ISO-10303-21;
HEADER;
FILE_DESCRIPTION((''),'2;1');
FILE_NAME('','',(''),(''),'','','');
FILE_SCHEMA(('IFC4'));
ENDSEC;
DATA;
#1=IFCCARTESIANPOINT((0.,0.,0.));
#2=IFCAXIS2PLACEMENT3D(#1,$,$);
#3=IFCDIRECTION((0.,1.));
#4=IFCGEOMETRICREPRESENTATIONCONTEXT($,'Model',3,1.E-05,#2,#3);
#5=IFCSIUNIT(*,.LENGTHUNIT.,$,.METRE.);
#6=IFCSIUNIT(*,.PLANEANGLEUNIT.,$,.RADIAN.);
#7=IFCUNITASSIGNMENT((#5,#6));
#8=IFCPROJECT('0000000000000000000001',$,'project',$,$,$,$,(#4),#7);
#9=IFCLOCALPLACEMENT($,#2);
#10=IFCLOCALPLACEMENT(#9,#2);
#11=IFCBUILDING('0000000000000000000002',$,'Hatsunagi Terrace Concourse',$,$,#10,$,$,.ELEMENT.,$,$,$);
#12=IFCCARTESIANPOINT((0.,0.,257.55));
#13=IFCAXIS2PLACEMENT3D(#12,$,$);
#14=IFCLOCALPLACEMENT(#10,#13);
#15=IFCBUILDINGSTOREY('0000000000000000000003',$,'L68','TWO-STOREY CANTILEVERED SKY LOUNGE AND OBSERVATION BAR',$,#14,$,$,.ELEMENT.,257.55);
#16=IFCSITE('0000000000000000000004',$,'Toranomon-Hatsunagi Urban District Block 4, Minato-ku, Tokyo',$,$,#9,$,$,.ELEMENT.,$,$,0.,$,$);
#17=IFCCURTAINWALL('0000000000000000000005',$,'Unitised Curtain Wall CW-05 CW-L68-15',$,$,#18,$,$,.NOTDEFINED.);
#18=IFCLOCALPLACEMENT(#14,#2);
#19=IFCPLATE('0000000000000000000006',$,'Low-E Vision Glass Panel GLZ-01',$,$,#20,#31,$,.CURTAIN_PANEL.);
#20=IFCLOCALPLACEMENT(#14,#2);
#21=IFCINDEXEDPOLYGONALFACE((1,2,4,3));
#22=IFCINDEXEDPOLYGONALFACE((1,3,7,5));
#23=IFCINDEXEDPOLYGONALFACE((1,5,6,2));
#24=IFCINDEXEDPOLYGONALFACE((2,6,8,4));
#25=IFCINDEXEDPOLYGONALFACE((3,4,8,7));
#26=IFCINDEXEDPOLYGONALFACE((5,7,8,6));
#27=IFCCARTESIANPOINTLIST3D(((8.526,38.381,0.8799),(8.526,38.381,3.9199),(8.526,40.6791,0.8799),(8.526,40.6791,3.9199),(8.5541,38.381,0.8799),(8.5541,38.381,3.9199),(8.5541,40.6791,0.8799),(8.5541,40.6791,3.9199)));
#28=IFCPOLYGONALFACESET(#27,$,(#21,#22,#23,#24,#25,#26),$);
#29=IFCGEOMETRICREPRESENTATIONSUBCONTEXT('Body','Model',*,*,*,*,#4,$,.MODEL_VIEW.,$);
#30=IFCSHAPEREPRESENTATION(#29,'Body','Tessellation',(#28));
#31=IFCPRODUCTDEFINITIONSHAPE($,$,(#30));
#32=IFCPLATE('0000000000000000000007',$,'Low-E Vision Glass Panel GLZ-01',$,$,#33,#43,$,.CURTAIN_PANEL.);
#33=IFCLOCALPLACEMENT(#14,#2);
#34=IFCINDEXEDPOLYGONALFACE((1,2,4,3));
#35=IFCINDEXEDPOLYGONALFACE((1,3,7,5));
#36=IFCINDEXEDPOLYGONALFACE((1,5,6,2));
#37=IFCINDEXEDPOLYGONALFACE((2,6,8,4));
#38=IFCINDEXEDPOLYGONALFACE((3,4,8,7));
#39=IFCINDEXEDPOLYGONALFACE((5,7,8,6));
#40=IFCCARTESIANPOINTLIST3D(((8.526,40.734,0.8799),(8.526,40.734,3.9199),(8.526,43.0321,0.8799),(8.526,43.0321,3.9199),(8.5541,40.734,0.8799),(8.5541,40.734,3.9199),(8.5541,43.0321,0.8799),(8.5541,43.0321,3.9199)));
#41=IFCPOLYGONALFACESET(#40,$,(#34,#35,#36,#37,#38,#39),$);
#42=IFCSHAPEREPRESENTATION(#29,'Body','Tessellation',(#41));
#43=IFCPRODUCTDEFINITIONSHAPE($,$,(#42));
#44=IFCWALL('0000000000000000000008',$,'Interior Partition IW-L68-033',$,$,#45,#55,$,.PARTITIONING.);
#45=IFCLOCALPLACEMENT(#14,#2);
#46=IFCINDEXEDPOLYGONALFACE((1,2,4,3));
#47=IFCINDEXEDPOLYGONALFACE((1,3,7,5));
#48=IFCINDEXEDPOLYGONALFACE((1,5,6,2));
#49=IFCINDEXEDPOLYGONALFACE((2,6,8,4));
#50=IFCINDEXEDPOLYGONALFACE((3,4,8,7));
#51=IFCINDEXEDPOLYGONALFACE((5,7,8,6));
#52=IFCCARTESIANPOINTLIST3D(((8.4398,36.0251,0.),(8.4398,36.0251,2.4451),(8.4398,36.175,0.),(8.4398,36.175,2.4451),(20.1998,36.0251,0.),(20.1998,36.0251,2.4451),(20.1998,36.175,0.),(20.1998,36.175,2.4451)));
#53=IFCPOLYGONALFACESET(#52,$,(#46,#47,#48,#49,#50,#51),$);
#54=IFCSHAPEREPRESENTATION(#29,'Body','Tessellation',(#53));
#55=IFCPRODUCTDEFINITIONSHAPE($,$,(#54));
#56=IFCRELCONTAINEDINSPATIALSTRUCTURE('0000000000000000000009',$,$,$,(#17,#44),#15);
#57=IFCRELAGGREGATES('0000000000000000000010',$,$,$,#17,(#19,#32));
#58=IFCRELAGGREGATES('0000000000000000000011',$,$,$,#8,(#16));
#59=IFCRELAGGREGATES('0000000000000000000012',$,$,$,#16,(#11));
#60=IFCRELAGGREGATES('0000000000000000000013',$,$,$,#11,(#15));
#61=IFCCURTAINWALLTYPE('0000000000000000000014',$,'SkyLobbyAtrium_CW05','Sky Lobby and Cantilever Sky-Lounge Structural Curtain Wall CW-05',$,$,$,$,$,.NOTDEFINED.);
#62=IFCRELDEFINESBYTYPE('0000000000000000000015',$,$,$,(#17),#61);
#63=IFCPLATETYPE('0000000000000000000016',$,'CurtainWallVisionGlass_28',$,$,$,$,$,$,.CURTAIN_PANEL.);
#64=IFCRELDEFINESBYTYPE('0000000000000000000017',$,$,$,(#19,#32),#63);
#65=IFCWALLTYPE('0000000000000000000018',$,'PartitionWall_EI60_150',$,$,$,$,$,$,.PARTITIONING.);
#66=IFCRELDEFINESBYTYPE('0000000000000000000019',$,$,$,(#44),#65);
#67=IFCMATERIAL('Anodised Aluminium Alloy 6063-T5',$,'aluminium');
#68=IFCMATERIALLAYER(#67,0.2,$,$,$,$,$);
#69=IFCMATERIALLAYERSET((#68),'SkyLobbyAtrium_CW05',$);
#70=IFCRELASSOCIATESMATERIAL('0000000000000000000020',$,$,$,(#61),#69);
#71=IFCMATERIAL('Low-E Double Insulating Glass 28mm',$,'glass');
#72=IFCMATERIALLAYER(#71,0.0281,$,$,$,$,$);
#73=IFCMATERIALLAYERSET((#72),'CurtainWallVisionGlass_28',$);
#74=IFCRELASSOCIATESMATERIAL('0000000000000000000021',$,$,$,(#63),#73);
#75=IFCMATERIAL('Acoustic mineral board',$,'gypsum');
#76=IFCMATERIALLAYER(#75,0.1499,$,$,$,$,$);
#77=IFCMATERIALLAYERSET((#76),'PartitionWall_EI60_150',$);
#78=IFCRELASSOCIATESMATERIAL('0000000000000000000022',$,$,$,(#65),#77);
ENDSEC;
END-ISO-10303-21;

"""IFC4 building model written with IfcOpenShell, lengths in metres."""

from ifc_helpers import new_model, si_unit, direction, frame, frame_2d, origin, origin_2d, place, context, subcontext, project, spatial, rectangle, extrude, material, layer, layer_set, type_object, element, aggregate, save


model = new_model("IFC4")

# Units and contexts
model_context = context("Model", 3, precision=1e-05, world=origin(), true_north=direction((0.0, 1.0)))
body_context = subcontext(model_context, "Body", "Model", "MODEL_VIEW")
ifc_project = project(units=[si_unit("LENGTHUNIT", "METRE"), si_unit("PLANEANGLEUNIT", "RADIAN")], contexts=[model_context])

# Site, building, storey
site_placement = place(None, origin())
site = spatial("IfcSite", under=ifc_project, at=site_placement, Name="Toranomon-Hatsunagi Urban District Block 4, Minato-ku, Tokyo", CompositionType="ELEMENT", RefElevation=0.0)
building_placement = place(site_placement, origin())
building = spatial("IfcBuilding", under=site, at=building_placement, Name="Hatsunagi Terrace Concourse", CompositionType="ELEMENT")
storey_placement = place(building_placement, frame((0.0, 0.0, 257.55)))
storey = spatial("IfcBuildingStorey", under=building, at=storey_placement, Name="L68", Description="TWO-STOREY CANTILEVERED SKY LOUNGE AND OBSERVATION BAR", CompositionType="ELEMENT", Elevation=257.55)

# Curtain wall
ifc_material_1 = material(Name="Anodised Aluminium Alloy 6063-T5", Category="aluminium")
ifc_layer_1 = layer(ifc_material_1, 0.2)
ifc_layer_set_1 = layer_set([ifc_layer_1], Name="SkyLobbyAtrium_CW05")
curtain_wall_type = type_object("IfcCurtainWallType", Name="SkyLobbyAtrium_CW05", Description="Sky Lobby and Cantilever Sky-Lounge Structural Curtain Wall CW-05", PredefinedType="NOTDEFINED", material=ifc_layer_set_1)
curtain_wall_placement = place(storey_placement, origin())
curtain_wall = element("IfcCurtainWall", 1, at=curtain_wall_placement, inside=storey, type_object=curtain_wall_type, Name="Unitised Curtain Wall CW-05 CW-L68-15", PredefinedType="NOTDEFINED")

# Plates
ifc_material_2 = material(Name="Low-E Double Insulating Glass 28mm", Category="glass")
ifc_layer_2 = layer(ifc_material_2, 0.0281)
ifc_layer_set_2 = layer_set([ifc_layer_2], Name="CurtainWallVisionGlass_28")
plate_type_1 = type_object("IfcPlateType", Name="CurtainWallVisionGlass_28", PredefinedType="CURTAIN_PANEL", material=ifc_layer_set_2)
plate_1_placement = place(storey_placement, frame((8.54, 39.53, 0.8799), z_axis=(0.0, 0.0, 1.0), x_axis=(0.0, 1.0, 0.0)))
plate_1 = element("IfcPlate", 2, at=plate_1_placement, type_object=plate_type_1, Name="Low-E Vision Glass Panel GLZ-01", PredefinedType="CURTAIN_PANEL", context=body_context, shape_type="SweptSolid", body=[
    extrude(rectangle(XDim=2.2981, YDim=0.0281, at=origin_2d()), origin(), (0.0, 0.0, 1.0), 3.04),
])
plate_2_placement = place(storey_placement, frame((8.54, 41.8831, 0.8799), z_axis=(0.0, 0.0, 1.0), x_axis=(0.0, 1.0, 0.0)))
plate_2 = element("IfcPlate", 3, at=plate_2_placement, type_object=plate_type_1, Name="Low-E Vision Glass Panel GLZ-01", PredefinedType="CURTAIN_PANEL", context=body_context, shape_type="SweptSolid", body=[
    extrude(rectangle(XDim=2.2981, YDim=0.0281, at=origin_2d()), origin(), (0.0, 0.0, 1.0), 3.04),
])
aggregate(curtain_wall, [plate_1, plate_2])

# Wall
ifc_material_3 = material(Name="Acoustic mineral board", Category="gypsum")
ifc_layer_3 = layer(ifc_material_3, 0.1499)
ifc_layer_set_3 = layer_set([ifc_layer_3], Name="PartitionWall_EI60_150")
wall_type = type_object("IfcWallType", Name="PartitionWall_EI60_150", PredefinedType="PARTITIONING", material=ifc_layer_set_3)
wall_placement = place(storey_placement, frame((8.4399, 36.1001, 0.0), z_axis=(0.0, 0.0, 1.0), x_axis=(1.0, 0.0, 0.0)))
element("IfcWall", 4, at=wall_placement, inside=storey, type_object=wall_type, Name="Interior Partition IW-L68-033", PredefinedType="PARTITIONING", context=body_context, shape_type="SweptSolid", body=[
    extrude(rectangle(XDim=11.76, YDim=0.1499, at=frame_2d((5.8799, 0.0))), origin(), (0.0, 0.0, 1.0), 2.4451),
])

save(model, "model.ifc")
